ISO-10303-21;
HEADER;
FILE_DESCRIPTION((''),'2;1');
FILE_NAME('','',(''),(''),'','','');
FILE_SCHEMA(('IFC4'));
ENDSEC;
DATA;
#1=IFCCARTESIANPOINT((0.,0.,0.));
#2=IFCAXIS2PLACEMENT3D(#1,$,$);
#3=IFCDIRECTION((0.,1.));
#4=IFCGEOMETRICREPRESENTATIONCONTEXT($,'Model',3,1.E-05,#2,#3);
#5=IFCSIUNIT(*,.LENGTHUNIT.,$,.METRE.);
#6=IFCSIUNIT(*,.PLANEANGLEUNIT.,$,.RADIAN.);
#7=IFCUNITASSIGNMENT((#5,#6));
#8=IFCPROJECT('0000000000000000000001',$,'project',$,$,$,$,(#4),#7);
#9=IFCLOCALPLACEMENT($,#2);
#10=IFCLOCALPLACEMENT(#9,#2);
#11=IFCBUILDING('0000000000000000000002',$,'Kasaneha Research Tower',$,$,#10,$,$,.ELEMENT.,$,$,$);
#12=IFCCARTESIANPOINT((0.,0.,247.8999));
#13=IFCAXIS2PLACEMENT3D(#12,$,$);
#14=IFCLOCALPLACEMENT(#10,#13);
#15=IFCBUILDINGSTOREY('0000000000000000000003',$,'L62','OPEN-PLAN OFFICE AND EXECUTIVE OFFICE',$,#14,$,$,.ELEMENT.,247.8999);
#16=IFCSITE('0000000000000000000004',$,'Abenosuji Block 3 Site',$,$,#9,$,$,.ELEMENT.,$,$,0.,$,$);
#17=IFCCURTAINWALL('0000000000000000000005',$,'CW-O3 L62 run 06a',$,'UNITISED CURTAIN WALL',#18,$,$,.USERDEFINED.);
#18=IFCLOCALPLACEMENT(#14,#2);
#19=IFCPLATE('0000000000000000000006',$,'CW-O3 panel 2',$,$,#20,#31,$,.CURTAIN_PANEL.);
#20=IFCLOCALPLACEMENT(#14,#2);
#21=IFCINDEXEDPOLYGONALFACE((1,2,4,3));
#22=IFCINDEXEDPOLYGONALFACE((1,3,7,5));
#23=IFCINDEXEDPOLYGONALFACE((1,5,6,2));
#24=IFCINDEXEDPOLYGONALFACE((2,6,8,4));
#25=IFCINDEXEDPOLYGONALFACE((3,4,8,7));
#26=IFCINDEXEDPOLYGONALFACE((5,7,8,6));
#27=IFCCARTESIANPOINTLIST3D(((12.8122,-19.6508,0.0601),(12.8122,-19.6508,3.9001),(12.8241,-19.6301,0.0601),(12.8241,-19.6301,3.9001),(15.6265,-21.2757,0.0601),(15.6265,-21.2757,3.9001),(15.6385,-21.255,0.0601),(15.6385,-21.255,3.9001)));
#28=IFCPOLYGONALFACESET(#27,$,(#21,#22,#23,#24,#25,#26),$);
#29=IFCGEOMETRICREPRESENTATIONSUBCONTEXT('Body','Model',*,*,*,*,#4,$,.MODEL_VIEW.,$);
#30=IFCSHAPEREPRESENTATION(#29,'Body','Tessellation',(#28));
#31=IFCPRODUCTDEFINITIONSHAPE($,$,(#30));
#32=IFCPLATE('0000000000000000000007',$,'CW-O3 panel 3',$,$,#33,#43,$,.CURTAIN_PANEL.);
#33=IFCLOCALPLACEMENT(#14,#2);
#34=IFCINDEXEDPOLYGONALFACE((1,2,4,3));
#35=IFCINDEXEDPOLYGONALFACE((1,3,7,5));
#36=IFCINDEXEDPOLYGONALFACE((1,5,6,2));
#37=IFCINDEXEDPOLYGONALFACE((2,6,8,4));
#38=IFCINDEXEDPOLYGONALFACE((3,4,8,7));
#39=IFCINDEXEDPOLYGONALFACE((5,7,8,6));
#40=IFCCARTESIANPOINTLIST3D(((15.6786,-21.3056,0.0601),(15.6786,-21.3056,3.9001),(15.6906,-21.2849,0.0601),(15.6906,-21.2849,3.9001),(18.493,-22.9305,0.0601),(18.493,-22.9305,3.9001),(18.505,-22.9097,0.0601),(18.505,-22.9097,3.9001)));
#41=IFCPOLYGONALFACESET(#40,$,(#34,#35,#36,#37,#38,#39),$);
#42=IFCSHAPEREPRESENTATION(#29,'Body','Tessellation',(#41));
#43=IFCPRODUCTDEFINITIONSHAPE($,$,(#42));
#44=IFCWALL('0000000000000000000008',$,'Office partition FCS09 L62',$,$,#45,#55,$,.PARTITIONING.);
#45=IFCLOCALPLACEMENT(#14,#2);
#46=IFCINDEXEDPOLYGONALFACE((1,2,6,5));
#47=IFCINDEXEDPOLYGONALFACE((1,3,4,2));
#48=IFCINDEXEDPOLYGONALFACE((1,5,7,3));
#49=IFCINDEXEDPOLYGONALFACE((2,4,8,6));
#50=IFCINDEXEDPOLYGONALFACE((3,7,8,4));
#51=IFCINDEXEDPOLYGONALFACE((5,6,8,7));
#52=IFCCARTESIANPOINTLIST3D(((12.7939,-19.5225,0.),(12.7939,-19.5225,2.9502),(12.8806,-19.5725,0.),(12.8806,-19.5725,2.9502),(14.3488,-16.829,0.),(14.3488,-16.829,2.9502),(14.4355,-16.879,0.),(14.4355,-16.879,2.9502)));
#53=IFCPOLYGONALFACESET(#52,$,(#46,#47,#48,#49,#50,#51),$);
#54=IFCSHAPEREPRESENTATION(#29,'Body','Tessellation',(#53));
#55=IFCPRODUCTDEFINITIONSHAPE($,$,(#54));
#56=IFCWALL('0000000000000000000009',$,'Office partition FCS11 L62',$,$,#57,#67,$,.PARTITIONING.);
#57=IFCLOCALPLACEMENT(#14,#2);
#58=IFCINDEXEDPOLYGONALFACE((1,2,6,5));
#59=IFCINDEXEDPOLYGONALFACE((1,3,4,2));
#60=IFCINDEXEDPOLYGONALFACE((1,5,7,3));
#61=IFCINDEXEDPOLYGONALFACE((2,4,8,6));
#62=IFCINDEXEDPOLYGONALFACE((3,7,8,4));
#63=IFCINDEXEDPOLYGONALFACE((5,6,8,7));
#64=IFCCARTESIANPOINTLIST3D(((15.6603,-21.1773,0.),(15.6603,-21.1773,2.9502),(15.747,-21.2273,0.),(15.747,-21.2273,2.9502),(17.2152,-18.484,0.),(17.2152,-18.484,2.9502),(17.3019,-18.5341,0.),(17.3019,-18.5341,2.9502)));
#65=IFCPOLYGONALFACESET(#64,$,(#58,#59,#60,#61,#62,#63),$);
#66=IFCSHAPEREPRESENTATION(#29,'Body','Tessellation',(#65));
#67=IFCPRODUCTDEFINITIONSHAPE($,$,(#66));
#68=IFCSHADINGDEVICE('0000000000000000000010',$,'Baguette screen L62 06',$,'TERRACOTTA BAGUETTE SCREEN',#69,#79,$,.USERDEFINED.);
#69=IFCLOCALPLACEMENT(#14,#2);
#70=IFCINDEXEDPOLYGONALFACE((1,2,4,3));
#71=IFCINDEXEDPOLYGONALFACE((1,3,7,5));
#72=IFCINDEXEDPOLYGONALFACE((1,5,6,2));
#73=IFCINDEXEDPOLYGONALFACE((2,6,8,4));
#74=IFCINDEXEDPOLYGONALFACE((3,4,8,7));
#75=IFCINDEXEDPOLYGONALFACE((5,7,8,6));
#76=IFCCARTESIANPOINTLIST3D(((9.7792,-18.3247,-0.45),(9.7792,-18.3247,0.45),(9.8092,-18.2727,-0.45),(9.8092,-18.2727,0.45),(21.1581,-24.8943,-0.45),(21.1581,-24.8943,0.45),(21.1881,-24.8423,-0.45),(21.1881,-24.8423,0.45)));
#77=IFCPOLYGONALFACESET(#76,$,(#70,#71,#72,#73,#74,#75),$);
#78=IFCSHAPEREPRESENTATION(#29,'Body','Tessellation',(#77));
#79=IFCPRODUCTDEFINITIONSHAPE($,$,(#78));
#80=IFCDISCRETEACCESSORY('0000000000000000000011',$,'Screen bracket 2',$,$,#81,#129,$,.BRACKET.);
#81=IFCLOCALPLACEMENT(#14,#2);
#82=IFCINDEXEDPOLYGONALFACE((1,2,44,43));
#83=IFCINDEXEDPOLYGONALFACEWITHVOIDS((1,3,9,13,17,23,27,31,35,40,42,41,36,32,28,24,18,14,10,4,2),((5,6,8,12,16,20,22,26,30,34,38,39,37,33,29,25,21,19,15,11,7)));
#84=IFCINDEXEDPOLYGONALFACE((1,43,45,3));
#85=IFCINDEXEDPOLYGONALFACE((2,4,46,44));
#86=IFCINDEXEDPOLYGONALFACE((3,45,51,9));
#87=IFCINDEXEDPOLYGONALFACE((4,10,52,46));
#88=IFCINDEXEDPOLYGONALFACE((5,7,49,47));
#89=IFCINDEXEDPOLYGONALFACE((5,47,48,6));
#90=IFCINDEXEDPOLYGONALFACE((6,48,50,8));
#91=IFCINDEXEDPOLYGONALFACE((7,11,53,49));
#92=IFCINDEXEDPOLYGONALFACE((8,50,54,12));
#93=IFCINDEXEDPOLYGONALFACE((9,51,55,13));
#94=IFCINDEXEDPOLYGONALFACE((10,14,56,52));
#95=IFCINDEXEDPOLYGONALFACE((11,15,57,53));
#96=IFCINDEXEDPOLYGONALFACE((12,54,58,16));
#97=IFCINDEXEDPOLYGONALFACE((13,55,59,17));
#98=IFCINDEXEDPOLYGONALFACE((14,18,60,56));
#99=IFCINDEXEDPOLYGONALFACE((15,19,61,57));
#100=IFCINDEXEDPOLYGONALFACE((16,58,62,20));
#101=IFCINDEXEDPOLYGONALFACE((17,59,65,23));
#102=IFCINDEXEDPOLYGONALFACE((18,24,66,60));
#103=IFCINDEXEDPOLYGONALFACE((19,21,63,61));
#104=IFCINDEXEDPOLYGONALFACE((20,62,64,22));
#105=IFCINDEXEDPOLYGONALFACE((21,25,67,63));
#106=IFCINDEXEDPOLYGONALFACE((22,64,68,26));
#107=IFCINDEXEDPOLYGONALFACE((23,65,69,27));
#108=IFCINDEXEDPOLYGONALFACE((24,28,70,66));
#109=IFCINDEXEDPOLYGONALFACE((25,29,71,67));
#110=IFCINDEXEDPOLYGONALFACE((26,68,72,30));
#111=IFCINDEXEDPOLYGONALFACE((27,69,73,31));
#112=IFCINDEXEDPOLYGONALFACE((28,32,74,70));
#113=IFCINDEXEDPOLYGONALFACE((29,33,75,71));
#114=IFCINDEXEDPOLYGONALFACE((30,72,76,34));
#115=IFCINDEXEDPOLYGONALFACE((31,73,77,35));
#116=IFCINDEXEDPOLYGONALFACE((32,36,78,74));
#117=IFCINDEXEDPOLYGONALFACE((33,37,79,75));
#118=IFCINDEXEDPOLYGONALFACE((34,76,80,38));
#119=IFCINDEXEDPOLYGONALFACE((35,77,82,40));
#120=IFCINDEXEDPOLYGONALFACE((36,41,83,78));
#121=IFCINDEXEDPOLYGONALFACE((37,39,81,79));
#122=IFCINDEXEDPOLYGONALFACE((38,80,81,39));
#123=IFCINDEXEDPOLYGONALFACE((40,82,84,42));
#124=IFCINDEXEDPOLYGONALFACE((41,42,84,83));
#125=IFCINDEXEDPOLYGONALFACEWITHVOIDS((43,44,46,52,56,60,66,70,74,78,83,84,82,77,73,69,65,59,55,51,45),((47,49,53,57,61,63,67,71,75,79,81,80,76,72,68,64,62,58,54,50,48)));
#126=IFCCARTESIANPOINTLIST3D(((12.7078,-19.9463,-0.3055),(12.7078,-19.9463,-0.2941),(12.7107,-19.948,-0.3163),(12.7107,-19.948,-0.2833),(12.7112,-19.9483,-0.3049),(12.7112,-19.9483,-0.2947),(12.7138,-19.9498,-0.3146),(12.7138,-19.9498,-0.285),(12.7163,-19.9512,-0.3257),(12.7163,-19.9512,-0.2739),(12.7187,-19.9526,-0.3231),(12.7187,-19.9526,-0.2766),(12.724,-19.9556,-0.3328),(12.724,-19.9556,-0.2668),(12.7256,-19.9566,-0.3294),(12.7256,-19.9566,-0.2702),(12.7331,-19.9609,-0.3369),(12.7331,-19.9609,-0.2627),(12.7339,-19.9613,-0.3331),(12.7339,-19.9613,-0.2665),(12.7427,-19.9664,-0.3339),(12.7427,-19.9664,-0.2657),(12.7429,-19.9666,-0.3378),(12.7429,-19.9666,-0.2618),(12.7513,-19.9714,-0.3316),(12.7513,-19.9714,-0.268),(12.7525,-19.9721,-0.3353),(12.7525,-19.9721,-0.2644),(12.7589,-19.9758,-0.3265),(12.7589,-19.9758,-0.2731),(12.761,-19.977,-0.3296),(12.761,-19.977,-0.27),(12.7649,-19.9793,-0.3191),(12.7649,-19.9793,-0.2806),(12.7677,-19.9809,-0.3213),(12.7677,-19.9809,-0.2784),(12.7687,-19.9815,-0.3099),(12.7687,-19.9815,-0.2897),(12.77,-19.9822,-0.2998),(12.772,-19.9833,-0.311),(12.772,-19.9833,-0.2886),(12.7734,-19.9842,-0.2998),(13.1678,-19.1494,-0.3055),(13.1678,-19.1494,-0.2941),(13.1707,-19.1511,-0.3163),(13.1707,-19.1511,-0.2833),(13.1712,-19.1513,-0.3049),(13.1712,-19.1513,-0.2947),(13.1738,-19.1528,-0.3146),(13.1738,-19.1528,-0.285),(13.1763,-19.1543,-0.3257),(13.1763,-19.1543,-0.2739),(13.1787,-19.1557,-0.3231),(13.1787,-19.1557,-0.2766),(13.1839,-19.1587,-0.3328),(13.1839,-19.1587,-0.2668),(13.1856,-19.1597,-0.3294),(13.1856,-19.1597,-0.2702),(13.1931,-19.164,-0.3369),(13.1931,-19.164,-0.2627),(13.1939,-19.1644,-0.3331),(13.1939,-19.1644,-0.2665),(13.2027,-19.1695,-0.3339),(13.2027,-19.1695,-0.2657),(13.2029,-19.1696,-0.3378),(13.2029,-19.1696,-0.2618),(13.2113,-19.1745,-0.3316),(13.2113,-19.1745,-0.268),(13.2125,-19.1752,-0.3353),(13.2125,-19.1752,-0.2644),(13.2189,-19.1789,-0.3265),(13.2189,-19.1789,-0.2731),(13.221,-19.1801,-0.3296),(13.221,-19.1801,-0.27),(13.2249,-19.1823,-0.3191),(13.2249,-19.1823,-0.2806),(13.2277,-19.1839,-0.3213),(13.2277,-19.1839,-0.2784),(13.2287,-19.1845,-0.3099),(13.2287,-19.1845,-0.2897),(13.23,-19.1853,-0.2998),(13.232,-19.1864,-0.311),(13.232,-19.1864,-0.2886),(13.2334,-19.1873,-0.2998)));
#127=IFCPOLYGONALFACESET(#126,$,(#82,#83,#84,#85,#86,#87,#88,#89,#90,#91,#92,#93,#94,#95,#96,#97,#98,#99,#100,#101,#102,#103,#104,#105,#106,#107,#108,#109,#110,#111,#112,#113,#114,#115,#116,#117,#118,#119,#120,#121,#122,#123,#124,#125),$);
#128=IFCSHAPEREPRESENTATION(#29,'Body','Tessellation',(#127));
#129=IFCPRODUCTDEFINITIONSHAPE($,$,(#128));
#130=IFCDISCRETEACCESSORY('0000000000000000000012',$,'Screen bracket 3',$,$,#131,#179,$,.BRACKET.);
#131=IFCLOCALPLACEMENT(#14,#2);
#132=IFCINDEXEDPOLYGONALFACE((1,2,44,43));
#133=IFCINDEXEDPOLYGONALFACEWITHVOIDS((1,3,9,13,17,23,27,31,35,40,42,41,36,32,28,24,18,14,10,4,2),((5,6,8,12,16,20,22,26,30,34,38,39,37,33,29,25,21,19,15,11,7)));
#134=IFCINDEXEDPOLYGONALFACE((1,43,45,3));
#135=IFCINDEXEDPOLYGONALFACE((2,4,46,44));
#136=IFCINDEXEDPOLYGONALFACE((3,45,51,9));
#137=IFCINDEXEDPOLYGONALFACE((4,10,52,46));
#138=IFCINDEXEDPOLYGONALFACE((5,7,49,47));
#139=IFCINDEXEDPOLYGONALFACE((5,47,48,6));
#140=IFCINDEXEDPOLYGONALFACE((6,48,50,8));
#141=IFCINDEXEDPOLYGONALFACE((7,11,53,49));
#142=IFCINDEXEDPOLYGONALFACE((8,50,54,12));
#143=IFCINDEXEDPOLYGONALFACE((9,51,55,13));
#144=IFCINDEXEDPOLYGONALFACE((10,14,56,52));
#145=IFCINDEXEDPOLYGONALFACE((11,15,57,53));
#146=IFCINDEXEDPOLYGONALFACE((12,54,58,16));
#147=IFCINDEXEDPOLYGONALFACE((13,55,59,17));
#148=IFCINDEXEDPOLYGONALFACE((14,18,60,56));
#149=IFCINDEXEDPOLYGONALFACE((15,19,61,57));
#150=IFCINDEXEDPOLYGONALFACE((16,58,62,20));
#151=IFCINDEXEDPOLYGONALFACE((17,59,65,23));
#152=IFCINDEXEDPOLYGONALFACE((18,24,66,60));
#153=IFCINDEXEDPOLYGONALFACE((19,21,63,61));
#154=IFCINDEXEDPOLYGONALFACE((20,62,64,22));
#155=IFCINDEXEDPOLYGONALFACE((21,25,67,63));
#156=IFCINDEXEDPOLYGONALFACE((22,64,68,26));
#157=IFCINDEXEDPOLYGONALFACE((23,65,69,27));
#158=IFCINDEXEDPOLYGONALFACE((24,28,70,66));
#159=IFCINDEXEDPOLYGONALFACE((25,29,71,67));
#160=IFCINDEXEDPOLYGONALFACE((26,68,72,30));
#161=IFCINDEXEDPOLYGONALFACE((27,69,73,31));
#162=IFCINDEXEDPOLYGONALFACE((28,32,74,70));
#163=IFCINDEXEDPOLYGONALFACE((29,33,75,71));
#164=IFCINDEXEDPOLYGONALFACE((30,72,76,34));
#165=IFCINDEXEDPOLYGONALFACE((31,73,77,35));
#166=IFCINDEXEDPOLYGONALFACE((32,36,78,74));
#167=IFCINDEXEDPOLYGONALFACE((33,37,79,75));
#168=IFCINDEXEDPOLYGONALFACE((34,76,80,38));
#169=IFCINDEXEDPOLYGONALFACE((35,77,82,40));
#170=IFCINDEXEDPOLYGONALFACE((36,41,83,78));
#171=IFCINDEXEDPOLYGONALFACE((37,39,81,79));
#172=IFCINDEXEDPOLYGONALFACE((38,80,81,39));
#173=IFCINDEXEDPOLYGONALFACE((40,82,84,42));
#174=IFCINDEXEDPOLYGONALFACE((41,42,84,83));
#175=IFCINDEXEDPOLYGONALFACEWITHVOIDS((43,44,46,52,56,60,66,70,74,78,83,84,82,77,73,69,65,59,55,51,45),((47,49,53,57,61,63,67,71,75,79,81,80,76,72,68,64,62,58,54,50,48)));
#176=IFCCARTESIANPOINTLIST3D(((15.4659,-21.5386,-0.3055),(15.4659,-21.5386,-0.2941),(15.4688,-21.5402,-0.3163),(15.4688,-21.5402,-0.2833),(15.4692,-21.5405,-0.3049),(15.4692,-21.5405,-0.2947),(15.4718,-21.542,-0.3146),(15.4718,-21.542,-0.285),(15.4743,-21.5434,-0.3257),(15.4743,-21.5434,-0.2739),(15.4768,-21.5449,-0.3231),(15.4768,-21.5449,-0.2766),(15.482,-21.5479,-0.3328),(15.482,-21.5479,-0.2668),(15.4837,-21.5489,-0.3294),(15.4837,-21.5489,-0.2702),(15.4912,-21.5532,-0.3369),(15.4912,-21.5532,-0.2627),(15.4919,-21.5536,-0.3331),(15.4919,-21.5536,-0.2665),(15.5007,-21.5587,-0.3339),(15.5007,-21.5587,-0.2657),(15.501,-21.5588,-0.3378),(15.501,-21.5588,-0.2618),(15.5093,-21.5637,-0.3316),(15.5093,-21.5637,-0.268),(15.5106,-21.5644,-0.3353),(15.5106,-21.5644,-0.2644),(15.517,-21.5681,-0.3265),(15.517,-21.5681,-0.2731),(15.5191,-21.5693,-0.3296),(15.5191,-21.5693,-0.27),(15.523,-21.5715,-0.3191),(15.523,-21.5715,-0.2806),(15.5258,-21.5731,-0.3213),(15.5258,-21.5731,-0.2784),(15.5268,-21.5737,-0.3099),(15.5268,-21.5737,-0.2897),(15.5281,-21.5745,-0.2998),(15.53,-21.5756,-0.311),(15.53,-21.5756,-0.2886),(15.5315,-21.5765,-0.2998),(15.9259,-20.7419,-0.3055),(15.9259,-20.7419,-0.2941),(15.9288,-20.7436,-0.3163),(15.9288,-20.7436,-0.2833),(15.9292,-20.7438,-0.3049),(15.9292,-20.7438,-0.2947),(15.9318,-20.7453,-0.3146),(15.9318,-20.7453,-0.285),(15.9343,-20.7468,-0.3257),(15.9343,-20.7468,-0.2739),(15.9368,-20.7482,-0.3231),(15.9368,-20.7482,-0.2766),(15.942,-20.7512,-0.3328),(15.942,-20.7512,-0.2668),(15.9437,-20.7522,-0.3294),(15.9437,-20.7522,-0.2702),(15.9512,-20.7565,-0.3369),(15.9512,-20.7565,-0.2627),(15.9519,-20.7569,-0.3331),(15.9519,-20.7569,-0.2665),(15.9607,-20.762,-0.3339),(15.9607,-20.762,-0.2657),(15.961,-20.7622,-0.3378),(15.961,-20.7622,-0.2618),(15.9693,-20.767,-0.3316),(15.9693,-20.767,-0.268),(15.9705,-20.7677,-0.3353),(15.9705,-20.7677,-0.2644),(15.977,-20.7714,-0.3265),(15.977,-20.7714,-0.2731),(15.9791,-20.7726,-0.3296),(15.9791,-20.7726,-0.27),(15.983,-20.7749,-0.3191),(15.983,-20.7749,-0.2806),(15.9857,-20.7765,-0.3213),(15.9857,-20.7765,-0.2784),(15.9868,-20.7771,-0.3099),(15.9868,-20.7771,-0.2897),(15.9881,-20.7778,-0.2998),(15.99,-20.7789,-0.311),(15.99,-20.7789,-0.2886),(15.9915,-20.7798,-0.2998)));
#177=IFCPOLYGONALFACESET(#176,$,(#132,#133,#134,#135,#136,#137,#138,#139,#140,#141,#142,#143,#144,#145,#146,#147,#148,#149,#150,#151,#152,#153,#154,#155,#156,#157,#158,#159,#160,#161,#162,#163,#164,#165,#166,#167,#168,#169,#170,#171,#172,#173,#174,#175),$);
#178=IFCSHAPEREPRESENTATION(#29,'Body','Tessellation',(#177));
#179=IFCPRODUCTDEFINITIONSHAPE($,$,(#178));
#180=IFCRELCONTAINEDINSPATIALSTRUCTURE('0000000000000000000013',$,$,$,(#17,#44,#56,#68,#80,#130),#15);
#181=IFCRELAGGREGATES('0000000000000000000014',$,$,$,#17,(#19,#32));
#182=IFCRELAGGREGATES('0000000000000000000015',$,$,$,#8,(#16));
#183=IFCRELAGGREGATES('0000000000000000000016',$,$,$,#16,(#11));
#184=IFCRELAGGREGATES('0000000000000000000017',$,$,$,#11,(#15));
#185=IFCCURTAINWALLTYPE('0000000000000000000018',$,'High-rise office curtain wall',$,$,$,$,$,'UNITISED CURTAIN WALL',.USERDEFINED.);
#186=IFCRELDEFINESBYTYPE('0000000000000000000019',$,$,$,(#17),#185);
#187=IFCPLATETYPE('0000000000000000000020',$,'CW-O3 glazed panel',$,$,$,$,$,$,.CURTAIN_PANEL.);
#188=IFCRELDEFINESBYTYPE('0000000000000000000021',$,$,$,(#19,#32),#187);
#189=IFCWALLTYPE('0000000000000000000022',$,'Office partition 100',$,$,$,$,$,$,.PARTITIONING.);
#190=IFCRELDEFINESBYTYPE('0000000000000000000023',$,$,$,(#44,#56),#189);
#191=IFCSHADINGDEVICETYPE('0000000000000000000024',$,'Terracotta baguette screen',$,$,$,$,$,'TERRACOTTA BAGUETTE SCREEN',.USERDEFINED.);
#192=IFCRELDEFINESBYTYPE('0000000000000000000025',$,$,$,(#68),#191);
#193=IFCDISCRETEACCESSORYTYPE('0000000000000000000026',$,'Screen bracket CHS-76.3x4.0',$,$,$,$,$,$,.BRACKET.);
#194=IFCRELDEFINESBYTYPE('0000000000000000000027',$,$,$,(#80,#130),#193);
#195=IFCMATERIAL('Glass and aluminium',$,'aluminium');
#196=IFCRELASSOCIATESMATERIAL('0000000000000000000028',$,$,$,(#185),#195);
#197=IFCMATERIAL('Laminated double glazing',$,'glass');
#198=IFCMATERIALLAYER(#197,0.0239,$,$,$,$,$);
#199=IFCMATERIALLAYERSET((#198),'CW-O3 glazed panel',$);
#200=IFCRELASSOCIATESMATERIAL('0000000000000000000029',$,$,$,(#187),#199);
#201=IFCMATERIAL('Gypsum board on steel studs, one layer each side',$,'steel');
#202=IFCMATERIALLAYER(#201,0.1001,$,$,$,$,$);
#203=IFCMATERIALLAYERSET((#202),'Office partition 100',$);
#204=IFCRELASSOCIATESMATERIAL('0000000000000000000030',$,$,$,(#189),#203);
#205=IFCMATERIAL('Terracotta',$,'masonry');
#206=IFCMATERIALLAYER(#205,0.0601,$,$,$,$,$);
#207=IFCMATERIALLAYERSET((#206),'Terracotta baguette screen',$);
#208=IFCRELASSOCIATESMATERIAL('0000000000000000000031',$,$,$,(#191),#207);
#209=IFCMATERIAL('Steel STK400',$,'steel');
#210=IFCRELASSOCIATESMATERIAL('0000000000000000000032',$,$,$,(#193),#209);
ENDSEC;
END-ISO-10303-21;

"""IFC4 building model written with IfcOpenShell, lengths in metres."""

from ifc_helpers import new_model, si_unit, direction, frame, frame_2d, origin, origin_2d, place, context, subcontext, project, spatial, rectangle, hollow_circle, extrude, material, layer, layer_set, material_profile, profile_set, type_object, element, aggregate, save


model = new_model("IFC4")

# Units and contexts
model_context = context("Model", 3, precision=1e-05, world=origin(), true_north=direction((0.0, 1.0)))
body_context = subcontext(model_context, "Body", "Model", "MODEL_VIEW")
ifc_project = project(units=[si_unit("LENGTHUNIT", "METRE"), si_unit("PLANEANGLEUNIT", "RADIAN")], contexts=[model_context])

# Site, building, storey
site_placement = place(None, origin())
site = spatial("IfcSite", under=ifc_project, at=site_placement, Name="Abenosuji Block 3 Site", CompositionType="ELEMENT", RefElevation=0.0)
building_placement = place(site_placement, origin())
building = spatial("IfcBuilding", under=site, at=building_placement, Name="Kasaneha Research Tower", CompositionType="ELEMENT")
storey_placement = place(building_placement, frame((0.0, 0.0, 247.8999)))
storey = spatial("IfcBuildingStorey", under=building, at=storey_placement, Name="L62", Description="OPEN-PLAN OFFICE AND EXECUTIVE OFFICE", CompositionType="ELEMENT", Elevation=247.8999)

# Curtain wall
ifc_material_1 = material(Name="Glass and aluminium", Category="aluminium")
curtain_wall_type = type_object("IfcCurtainWallType", Name="High-rise office curtain wall", ElementType="UNITISED CURTAIN WALL", PredefinedType="USERDEFINED", material=ifc_material_1)
curtain_wall_1_placement = place(storey_placement, origin())
curtain_wall_1 = element("IfcCurtainWall", 1, at=curtain_wall_1_placement, inside=storey, type_object=curtain_wall_type, Name="CW-O3 L62 run 06a", ObjectType="UNITISED CURTAIN WALL", PredefinedType="USERDEFINED")

# Plates
ifc_material_2 = material(Name="Laminated double glazing", Category="glass")
ifc_layer_1 = layer(ifc_material_2, 0.0239)
ifc_layer_set_1 = layer_set([ifc_layer_1], Name="CW-O3 glazed panel")
plate_type = type_object("IfcPlateType", Name="CW-O3 glazed panel", PredefinedType="CURTAIN_PANEL", material=ifc_layer_set_1)
plate_1_placement = place(storey_placement, frame((14.2253, -20.4529, 0.0601), z_axis=(0.0, 0.0, 1.0), x_axis=(0.866025, -0.5, 0.0)))
plate_1 = element("IfcPlate", 2, at=plate_1_placement, type_object=plate_type, Name="CW-O3 panel 2", PredefinedType="CURTAIN_PANEL", context=body_context, shape_type="SweptSolid", body=[
    extrude(rectangle(XDim=3.2498, YDim=0.0239, at=origin_2d()), origin(), (0.0, 0.0, 1.0), 3.8401),
])
plate_2_placement = place(storey_placement, frame((17.0918, -22.1077, 0.0601), z_axis=(0.0, 0.0, 1.0), x_axis=(0.866025, -0.5, 0.0)))
plate_2 = element("IfcPlate", 3, at=plate_2_placement, type_object=plate_type, Name="CW-O3 panel 3", PredefinedType="CURTAIN_PANEL", context=body_context, shape_type="SweptSolid", body=[
    extrude(rectangle(XDim=3.2498, YDim=0.0239, at=origin_2d()), origin(), (0.0, 0.0, 1.0), 3.8401),
])
aggregate(curtain_wall_1, [plate_1, plate_2])

# Walls
ifc_material_3 = material(Name="Gypsum board on steel studs, one layer each side", Category="steel")
ifc_layer_2 = layer(ifc_material_3, 0.1001)
ifc_layer_set_2 = layer_set([ifc_layer_2], Name="Office partition 100")
wall_type = type_object("IfcWallType", Name="Office partition 100", PredefinedType="PARTITIONING", material=ifc_layer_set_2)
wall_1_placement = place(storey_placement, frame((12.8372, -19.5476, 0.0), z_axis=(0.0, 0.0, 1.0), x_axis=(0.499947, 0.866056, 0.0)))
element("IfcWall", 4, at=wall_1_placement, inside=storey, type_object=wall_type, Name="Office partition FCS09 L62", PredefinedType="PARTITIONING", context=body_context, shape_type="SweptSolid", body=[
    extrude(rectangle(XDim=3.1101, YDim=0.1001, at=frame_2d((1.5552, 0.0))), origin(), (0.0, 0.0, 1.0), 2.9502),
])
wall_2_placement = place(storey_placement, frame((17.2585, -18.509, 0.0), z_axis=(0.0, 0.0, 1.0), x_axis=(-0.499981, -0.866037, 0.0)))
element("IfcWall", 5, at=wall_2_placement, inside=storey, type_object=wall_type, Name="Office partition FCS11 L62", PredefinedType="PARTITIONING", context=body_context, shape_type="SweptSolid", body=[
    extrude(rectangle(XDim=3.1099, YDim=0.1001, at=frame_2d((1.5549, 0.0))), origin(), (0.0, 0.0, 1.0), 2.9502),
])

# Shading device
ifc_material_4 = material(Name="Terracotta", Category="masonry")
ifc_layer_3 = layer(ifc_material_4, 0.0601)
ifc_layer_set_3 = layer_set([ifc_layer_3], Name="Terracotta baguette screen")
shading_device_type = type_object("IfcShadingDeviceType", Name="Terracotta baguette screen", ElementType="TERRACOTTA BAGUETTE SCREEN", PredefinedType="USERDEFINED", material=ifc_layer_set_3)
shading_device_placement = place(storey_placement, frame((15.4836, -21.5835, -0.45), z_axis=(0.0, 0.0, 1.0), x_axis=(0.866025, -0.5, 0.0)))
element("IfcShadingDevice", 6, at=shading_device_placement, inside=storey, type_object=shading_device_type, Name="Baguette screen L62 06", ObjectType="TERRACOTTA BAGUETTE SCREEN", PredefinedType="USERDEFINED", context=body_context, shape_type="SweptSolid", body=[
    extrude(rectangle(XDim=13.1392, YDim=0.0601, at=origin_2d()), origin(), (0.0, 0.0, 1.0), 0.8999),
])

# Discrete accessories
ifc_material_5 = material(Name="Steel STK400", Category="steel")
ifc_material_profile_1 = material_profile(ifc_material_5, hollow_circle(Radius=0.0381, WallThickness=0.0039, at=origin_2d()), Name="CHS-76.3x4.0")
ifc_profile_set_1 = profile_set([ifc_material_profile_1], Name="Steel STK400")
discrete_accessory_type = type_object("IfcDiscreteAccessoryType", Name="Screen bracket CHS-76.3x4.0", PredefinedType="BRACKET", material=ifc_profile_set_1)
discrete_accessory_1_placement = place(storey_placement, frame((13.2004, -19.1682, -0.2998), z_axis=(-0.499906, -0.86608, 0.0), x_axis=(0.86608, -0.499906, 0.0)))
element("IfcDiscreteAccessory", 7, at=discrete_accessory_1_placement, inside=storey, type_object=discrete_accessory_type, Name="Screen bracket 2", PredefinedType="BRACKET", context=body_context, shape_type="SweptSolid", body=[
    extrude(hollow_circle(Radius=0.0381, WallThickness=0.0039, at=origin_2d()), origin(), (0.0, 0.0, 1.0), 0.9202),
])
discrete_accessory_2_placement = place(storey_placement, frame((15.9585, -20.7607, -0.2998), z_axis=(-0.500021, -0.866013, 0.0), x_axis=(0.866013, -0.500021, 0.0)))
element("IfcDiscreteAccessory", 8, at=discrete_accessory_2_placement, inside=storey, type_object=discrete_accessory_type, Name="Screen bracket 3", PredefinedType="BRACKET", context=body_context, shape_type="SweptSolid", body=[
    extrude(hollow_circle(Radius=0.0381, WallThickness=0.0039, at=origin_2d()), origin(), (0.0, 0.0, 1.0), 0.9199),
])

save(model, "model.ifc")
